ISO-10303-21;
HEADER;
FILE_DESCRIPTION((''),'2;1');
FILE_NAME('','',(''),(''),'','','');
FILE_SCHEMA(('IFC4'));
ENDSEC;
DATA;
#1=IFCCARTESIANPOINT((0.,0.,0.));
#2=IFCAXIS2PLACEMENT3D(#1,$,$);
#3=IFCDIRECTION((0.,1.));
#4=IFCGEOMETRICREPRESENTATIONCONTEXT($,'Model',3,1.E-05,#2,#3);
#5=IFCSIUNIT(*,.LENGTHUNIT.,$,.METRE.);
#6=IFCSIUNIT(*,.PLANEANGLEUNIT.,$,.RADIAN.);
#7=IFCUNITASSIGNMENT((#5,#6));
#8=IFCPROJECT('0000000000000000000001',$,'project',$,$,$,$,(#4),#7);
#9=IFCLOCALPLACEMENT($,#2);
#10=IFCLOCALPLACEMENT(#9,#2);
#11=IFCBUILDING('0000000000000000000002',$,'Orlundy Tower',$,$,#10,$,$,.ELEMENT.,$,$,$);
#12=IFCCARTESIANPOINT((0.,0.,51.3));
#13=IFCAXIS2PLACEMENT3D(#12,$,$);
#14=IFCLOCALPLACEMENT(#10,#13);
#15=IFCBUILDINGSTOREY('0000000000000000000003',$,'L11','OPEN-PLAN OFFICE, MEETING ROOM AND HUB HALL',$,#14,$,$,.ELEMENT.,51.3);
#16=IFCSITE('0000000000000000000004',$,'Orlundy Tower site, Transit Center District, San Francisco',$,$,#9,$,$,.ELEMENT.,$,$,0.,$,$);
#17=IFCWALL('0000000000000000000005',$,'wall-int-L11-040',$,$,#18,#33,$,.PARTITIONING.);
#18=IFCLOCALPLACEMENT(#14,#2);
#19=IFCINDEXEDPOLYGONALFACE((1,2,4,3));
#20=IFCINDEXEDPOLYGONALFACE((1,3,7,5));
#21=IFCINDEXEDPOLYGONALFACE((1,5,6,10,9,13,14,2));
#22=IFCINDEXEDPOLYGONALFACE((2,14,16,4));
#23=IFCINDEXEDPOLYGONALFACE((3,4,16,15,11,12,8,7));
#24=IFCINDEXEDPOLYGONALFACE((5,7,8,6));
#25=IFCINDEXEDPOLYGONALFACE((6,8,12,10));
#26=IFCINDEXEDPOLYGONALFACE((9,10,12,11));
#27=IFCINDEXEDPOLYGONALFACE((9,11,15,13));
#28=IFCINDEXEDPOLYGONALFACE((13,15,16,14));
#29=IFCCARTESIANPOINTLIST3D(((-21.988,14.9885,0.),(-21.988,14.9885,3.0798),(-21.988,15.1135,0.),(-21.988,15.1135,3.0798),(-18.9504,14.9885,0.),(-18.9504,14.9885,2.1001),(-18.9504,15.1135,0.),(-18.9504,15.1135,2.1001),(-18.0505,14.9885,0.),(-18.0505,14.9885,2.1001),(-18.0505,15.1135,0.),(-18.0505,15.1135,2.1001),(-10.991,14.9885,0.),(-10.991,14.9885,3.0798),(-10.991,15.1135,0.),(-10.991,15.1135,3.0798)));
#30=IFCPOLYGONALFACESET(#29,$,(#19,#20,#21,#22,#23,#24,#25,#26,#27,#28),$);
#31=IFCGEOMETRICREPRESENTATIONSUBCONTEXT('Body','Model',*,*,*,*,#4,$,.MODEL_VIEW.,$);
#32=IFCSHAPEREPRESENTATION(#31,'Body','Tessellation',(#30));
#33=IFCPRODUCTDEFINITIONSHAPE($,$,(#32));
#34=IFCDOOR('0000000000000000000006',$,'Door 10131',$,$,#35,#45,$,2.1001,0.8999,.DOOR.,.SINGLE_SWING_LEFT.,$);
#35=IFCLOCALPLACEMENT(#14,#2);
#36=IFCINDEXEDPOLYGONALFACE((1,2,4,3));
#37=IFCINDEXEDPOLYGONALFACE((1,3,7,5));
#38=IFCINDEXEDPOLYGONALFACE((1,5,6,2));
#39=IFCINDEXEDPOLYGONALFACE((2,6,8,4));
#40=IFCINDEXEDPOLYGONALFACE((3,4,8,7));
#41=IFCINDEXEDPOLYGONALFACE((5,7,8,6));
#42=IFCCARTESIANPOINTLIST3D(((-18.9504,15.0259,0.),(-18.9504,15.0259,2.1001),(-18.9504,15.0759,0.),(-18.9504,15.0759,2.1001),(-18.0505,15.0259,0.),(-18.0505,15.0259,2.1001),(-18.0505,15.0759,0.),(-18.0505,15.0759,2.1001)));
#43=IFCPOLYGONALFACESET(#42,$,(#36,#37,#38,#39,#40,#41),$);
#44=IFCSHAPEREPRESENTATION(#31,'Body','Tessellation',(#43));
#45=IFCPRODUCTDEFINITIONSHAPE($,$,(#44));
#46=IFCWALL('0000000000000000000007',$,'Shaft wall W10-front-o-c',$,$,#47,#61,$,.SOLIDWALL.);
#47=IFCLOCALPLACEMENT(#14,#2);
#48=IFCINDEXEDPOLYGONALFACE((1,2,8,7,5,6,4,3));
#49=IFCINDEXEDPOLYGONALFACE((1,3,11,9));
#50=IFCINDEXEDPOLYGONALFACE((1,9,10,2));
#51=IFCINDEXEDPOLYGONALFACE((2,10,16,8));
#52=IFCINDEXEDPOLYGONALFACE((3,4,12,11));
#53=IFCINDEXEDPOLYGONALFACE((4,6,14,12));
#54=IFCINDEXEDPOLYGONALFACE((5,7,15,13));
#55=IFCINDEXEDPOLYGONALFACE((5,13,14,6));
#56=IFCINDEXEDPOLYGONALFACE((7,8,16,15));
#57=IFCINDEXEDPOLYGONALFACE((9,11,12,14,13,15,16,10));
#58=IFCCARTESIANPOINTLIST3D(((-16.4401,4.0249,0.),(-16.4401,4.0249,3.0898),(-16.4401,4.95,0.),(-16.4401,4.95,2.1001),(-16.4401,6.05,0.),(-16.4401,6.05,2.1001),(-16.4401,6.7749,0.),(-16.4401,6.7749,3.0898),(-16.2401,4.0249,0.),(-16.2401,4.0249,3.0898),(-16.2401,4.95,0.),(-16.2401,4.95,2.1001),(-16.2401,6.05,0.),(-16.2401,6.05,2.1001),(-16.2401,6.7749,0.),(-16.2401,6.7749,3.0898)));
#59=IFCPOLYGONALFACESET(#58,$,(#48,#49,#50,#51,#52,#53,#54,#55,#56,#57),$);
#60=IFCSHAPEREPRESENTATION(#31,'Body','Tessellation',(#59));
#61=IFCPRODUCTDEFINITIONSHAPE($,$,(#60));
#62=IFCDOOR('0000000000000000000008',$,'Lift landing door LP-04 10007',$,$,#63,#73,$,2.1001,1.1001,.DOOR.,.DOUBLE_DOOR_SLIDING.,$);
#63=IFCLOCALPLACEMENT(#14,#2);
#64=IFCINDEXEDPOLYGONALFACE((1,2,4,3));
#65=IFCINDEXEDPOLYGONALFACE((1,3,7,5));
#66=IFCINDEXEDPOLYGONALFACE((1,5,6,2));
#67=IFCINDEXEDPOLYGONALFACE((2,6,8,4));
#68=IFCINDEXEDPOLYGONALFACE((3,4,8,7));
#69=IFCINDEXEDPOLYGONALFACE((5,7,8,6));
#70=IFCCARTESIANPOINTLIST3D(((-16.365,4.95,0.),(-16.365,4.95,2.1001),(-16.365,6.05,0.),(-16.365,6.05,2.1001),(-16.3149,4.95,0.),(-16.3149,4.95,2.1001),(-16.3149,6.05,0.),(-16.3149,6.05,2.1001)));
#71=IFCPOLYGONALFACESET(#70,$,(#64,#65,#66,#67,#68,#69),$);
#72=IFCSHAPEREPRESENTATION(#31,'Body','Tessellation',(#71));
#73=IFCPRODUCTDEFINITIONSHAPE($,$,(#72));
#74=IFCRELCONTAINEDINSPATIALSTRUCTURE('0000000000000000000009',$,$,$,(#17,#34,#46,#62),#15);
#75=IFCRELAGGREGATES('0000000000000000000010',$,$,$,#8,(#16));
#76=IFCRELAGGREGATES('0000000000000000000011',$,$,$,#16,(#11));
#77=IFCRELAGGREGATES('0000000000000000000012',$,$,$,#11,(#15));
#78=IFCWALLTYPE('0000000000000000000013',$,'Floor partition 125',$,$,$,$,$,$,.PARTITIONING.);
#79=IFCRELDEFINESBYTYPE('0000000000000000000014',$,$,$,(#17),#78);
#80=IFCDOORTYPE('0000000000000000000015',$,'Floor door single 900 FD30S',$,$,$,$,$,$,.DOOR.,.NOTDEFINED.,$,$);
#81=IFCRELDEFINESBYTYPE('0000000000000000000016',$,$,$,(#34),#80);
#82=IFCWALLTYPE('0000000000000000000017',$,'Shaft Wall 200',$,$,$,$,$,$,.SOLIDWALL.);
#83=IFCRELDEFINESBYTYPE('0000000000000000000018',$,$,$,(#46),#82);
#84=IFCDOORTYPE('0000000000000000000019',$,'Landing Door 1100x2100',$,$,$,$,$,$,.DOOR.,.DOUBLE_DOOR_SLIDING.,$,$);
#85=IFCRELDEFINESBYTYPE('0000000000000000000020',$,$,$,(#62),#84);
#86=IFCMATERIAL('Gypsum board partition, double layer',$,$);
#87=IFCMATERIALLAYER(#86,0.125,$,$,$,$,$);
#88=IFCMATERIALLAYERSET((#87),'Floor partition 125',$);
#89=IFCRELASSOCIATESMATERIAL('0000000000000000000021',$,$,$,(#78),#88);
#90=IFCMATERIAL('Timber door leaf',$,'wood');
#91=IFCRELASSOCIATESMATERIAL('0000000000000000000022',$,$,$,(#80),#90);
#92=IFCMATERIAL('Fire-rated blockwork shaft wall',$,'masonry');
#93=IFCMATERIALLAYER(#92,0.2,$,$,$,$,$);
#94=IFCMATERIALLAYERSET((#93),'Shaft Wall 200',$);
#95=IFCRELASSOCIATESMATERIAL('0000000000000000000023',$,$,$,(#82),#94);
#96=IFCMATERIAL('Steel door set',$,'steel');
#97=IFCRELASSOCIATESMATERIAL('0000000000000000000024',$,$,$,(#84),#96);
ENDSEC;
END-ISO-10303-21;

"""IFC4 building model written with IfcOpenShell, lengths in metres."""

from ifc_helpers import new_model, si_unit, direction, frame, frame_2d, origin, place, context, subcontext, project, spatial, rectangle, extrude, material, layer, layer_set, type_object, element, fill, save


model = new_model("IFC4")

# Units and contexts
model_context = context("Model", 3, precision=1e-05, world=origin(), true_north=direction((0.0, 1.0)))
body_context = subcontext(model_context, "Body", "Model", "MODEL_VIEW")
ifc_project = project(units=[si_unit("LENGTHUNIT", "METRE"), si_unit("PLANEANGLEUNIT", "RADIAN")], contexts=[model_context])

# Site, building, storey
site_placement = place(None, origin())
site = spatial("IfcSite", under=ifc_project, at=site_placement, Name="Orlundy Tower site, Transit Center District, San Francisco", CompositionType="ELEMENT", RefElevation=0.0)
building_placement = place(site_placement, origin())
building = spatial("IfcBuilding", under=site, at=building_placement, Name="Orlundy Tower", CompositionType="ELEMENT")
storey_placement = place(building_placement, frame((0.0, 0.0, 51.3)))
storey = spatial("IfcBuildingStorey", under=building, at=storey_placement, Name="L11", Description="OPEN-PLAN OFFICE, MEETING ROOM AND HUB HALL", CompositionType="ELEMENT", Elevation=51.3)

# Walls, openings, doors
ifc_material_1 = material(Name="Gypsum board partition, double layer")
ifc_layer_1 = layer(ifc_material_1, 0.125)
ifc_layer_set_1 = layer_set([ifc_layer_1], Name="Floor partition 125")
wall_type_1 = type_object("IfcWallType", Name="Floor partition 125", PredefinedType="PARTITIONING", material=ifc_layer_set_1)
wall_1_placement = place(storey_placement, frame((-21.988, 15.051, 0.0), z_axis=(0.0, 0.0, 1.0), x_axis=(1.0, 0.0, 0.0)))
wall_1 = element("IfcWall", 1, at=wall_1_placement, inside=storey, type_object=wall_type_1, Name="wall-int-L11-040", PredefinedType="PARTITIONING", context=body_context, shape_type="SweptSolid", body=[
    extrude(rectangle(XDim=10.9971, YDim=0.125, at=frame_2d((5.4985, 0.0))), origin(), (0.0, 0.0, 1.0), 3.0798),
])
opening_1_placement = place(wall_1_placement, frame((3.0376, 0.0, 0.0)))
opening_1 = element("IfcOpeningElement", 2, at=opening_1_placement, cuts=wall_1, PredefinedType="OPENING", context=body_context, shape_type="SweptSolid", body=[
    extrude(rectangle(XDim=0.8999, YDim=2.1001, at=frame_2d((0.45, 1.05))), frame((0.0, 0.0725, 0.0), z_axis=(0.0, -1.0, 0.0), x_axis=(1.0, 0.0, 0.0)), (0.0, 0.0, 1.0), 0.145),
])
ifc_material_2 = material(Name="Timber door leaf", Category="wood")
door_type_1 = type_object("IfcDoorType", Name="Floor door single 900 FD30S", OperationType="NOTDEFINED", PredefinedType="DOOR", material=ifc_material_2)
door_1_placement = place(opening_1_placement, origin())
door_1 = element("IfcDoor", 3, at=door_1_placement, inside=storey, type_object=door_type_1, Name="Door 10131", OperationType="SINGLE_SWING_LEFT", OverallHeight=2.1001, OverallWidth=0.8999, PredefinedType="DOOR", context=body_context, shape_type="SweptSolid", body=[
    extrude(rectangle(XDim=0.8999, YDim=2.1001, at=frame_2d((0.45, 1.05))), frame((0.0, 0.0249, 0.0), z_axis=(0.0, -1.0, 0.0), x_axis=(1.0, 0.0, 0.0)), (0.0, 0.0, 1.0), 0.05),
])
fill(opening_1, door_1)
ifc_material_3 = material(Name="Fire-rated blockwork shaft wall", Category="masonry")
ifc_layer_2 = layer(ifc_material_3, 0.2)
ifc_layer_set_2 = layer_set([ifc_layer_2], Name="Shaft Wall 200")
wall_type_2 = type_object("IfcWallType", Name="Shaft Wall 200", PredefinedType="SOLIDWALL", material=ifc_layer_set_2)
wall_2_placement = place(storey_placement, frame((-16.3401, 4.0249, 0.0), z_axis=(0.0, 0.0, 1.0), x_axis=(0.0, 1.0, 0.0)))
wall_2 = element("IfcWall", 4, at=wall_2_placement, inside=storey, type_object=wall_type_2, Name="Shaft wall W10-front-o-c", PredefinedType="SOLIDWALL", context=body_context, shape_type="SweptSolid", body=[
    extrude(rectangle(XDim=2.75, YDim=0.2, at=frame_2d((1.375, 0.0))), origin(), (0.0, 0.0, 1.0), 3.0898),
])
opening_2_placement = place(wall_2_placement, frame((0.925, 0.0, 0.0)))
opening_2 = element("IfcOpeningElement", 5, at=opening_2_placement, cuts=wall_2, PredefinedType="OPENING", context=body_context, shape_type="SweptSolid", body=[
    extrude(rectangle(XDim=1.1001, YDim=2.1001, at=frame_2d((0.55, 1.05))), frame((0.0, 0.1101, 0.0), z_axis=(0.0, -1.0, 0.0), x_axis=(1.0, 0.0, 0.0)), (0.0, 0.0, 1.0), 0.2202),
])
ifc_material_4 = material(Name="Steel door set", Category="steel")
door_type_2 = type_object("IfcDoorType", Name="Landing Door 1100x2100", OperationType="DOUBLE_DOOR_SLIDING", PredefinedType="DOOR", material=ifc_material_4)
door_2_placement = place(opening_2_placement, origin())
door_2 = element("IfcDoor", 6, at=door_2_placement, inside=storey, type_object=door_type_2, Name="Lift landing door LP-04 10007", OperationType="DOUBLE_DOOR_SLIDING", OverallHeight=2.1001, OverallWidth=1.1001, PredefinedType="DOOR", context=body_context, shape_type="SweptSolid", body=[
    extrude(rectangle(XDim=1.1001, YDim=2.1001, at=frame_2d((0.55, 1.05))), frame((0.0, 0.0249, 0.0), z_axis=(0.0, -1.0, 0.0), x_axis=(1.0, 0.0, 0.0)), (0.0, 0.0, 1.0), 0.05),
])
fill(opening_2, door_2)

save(model, "model.ifc")
